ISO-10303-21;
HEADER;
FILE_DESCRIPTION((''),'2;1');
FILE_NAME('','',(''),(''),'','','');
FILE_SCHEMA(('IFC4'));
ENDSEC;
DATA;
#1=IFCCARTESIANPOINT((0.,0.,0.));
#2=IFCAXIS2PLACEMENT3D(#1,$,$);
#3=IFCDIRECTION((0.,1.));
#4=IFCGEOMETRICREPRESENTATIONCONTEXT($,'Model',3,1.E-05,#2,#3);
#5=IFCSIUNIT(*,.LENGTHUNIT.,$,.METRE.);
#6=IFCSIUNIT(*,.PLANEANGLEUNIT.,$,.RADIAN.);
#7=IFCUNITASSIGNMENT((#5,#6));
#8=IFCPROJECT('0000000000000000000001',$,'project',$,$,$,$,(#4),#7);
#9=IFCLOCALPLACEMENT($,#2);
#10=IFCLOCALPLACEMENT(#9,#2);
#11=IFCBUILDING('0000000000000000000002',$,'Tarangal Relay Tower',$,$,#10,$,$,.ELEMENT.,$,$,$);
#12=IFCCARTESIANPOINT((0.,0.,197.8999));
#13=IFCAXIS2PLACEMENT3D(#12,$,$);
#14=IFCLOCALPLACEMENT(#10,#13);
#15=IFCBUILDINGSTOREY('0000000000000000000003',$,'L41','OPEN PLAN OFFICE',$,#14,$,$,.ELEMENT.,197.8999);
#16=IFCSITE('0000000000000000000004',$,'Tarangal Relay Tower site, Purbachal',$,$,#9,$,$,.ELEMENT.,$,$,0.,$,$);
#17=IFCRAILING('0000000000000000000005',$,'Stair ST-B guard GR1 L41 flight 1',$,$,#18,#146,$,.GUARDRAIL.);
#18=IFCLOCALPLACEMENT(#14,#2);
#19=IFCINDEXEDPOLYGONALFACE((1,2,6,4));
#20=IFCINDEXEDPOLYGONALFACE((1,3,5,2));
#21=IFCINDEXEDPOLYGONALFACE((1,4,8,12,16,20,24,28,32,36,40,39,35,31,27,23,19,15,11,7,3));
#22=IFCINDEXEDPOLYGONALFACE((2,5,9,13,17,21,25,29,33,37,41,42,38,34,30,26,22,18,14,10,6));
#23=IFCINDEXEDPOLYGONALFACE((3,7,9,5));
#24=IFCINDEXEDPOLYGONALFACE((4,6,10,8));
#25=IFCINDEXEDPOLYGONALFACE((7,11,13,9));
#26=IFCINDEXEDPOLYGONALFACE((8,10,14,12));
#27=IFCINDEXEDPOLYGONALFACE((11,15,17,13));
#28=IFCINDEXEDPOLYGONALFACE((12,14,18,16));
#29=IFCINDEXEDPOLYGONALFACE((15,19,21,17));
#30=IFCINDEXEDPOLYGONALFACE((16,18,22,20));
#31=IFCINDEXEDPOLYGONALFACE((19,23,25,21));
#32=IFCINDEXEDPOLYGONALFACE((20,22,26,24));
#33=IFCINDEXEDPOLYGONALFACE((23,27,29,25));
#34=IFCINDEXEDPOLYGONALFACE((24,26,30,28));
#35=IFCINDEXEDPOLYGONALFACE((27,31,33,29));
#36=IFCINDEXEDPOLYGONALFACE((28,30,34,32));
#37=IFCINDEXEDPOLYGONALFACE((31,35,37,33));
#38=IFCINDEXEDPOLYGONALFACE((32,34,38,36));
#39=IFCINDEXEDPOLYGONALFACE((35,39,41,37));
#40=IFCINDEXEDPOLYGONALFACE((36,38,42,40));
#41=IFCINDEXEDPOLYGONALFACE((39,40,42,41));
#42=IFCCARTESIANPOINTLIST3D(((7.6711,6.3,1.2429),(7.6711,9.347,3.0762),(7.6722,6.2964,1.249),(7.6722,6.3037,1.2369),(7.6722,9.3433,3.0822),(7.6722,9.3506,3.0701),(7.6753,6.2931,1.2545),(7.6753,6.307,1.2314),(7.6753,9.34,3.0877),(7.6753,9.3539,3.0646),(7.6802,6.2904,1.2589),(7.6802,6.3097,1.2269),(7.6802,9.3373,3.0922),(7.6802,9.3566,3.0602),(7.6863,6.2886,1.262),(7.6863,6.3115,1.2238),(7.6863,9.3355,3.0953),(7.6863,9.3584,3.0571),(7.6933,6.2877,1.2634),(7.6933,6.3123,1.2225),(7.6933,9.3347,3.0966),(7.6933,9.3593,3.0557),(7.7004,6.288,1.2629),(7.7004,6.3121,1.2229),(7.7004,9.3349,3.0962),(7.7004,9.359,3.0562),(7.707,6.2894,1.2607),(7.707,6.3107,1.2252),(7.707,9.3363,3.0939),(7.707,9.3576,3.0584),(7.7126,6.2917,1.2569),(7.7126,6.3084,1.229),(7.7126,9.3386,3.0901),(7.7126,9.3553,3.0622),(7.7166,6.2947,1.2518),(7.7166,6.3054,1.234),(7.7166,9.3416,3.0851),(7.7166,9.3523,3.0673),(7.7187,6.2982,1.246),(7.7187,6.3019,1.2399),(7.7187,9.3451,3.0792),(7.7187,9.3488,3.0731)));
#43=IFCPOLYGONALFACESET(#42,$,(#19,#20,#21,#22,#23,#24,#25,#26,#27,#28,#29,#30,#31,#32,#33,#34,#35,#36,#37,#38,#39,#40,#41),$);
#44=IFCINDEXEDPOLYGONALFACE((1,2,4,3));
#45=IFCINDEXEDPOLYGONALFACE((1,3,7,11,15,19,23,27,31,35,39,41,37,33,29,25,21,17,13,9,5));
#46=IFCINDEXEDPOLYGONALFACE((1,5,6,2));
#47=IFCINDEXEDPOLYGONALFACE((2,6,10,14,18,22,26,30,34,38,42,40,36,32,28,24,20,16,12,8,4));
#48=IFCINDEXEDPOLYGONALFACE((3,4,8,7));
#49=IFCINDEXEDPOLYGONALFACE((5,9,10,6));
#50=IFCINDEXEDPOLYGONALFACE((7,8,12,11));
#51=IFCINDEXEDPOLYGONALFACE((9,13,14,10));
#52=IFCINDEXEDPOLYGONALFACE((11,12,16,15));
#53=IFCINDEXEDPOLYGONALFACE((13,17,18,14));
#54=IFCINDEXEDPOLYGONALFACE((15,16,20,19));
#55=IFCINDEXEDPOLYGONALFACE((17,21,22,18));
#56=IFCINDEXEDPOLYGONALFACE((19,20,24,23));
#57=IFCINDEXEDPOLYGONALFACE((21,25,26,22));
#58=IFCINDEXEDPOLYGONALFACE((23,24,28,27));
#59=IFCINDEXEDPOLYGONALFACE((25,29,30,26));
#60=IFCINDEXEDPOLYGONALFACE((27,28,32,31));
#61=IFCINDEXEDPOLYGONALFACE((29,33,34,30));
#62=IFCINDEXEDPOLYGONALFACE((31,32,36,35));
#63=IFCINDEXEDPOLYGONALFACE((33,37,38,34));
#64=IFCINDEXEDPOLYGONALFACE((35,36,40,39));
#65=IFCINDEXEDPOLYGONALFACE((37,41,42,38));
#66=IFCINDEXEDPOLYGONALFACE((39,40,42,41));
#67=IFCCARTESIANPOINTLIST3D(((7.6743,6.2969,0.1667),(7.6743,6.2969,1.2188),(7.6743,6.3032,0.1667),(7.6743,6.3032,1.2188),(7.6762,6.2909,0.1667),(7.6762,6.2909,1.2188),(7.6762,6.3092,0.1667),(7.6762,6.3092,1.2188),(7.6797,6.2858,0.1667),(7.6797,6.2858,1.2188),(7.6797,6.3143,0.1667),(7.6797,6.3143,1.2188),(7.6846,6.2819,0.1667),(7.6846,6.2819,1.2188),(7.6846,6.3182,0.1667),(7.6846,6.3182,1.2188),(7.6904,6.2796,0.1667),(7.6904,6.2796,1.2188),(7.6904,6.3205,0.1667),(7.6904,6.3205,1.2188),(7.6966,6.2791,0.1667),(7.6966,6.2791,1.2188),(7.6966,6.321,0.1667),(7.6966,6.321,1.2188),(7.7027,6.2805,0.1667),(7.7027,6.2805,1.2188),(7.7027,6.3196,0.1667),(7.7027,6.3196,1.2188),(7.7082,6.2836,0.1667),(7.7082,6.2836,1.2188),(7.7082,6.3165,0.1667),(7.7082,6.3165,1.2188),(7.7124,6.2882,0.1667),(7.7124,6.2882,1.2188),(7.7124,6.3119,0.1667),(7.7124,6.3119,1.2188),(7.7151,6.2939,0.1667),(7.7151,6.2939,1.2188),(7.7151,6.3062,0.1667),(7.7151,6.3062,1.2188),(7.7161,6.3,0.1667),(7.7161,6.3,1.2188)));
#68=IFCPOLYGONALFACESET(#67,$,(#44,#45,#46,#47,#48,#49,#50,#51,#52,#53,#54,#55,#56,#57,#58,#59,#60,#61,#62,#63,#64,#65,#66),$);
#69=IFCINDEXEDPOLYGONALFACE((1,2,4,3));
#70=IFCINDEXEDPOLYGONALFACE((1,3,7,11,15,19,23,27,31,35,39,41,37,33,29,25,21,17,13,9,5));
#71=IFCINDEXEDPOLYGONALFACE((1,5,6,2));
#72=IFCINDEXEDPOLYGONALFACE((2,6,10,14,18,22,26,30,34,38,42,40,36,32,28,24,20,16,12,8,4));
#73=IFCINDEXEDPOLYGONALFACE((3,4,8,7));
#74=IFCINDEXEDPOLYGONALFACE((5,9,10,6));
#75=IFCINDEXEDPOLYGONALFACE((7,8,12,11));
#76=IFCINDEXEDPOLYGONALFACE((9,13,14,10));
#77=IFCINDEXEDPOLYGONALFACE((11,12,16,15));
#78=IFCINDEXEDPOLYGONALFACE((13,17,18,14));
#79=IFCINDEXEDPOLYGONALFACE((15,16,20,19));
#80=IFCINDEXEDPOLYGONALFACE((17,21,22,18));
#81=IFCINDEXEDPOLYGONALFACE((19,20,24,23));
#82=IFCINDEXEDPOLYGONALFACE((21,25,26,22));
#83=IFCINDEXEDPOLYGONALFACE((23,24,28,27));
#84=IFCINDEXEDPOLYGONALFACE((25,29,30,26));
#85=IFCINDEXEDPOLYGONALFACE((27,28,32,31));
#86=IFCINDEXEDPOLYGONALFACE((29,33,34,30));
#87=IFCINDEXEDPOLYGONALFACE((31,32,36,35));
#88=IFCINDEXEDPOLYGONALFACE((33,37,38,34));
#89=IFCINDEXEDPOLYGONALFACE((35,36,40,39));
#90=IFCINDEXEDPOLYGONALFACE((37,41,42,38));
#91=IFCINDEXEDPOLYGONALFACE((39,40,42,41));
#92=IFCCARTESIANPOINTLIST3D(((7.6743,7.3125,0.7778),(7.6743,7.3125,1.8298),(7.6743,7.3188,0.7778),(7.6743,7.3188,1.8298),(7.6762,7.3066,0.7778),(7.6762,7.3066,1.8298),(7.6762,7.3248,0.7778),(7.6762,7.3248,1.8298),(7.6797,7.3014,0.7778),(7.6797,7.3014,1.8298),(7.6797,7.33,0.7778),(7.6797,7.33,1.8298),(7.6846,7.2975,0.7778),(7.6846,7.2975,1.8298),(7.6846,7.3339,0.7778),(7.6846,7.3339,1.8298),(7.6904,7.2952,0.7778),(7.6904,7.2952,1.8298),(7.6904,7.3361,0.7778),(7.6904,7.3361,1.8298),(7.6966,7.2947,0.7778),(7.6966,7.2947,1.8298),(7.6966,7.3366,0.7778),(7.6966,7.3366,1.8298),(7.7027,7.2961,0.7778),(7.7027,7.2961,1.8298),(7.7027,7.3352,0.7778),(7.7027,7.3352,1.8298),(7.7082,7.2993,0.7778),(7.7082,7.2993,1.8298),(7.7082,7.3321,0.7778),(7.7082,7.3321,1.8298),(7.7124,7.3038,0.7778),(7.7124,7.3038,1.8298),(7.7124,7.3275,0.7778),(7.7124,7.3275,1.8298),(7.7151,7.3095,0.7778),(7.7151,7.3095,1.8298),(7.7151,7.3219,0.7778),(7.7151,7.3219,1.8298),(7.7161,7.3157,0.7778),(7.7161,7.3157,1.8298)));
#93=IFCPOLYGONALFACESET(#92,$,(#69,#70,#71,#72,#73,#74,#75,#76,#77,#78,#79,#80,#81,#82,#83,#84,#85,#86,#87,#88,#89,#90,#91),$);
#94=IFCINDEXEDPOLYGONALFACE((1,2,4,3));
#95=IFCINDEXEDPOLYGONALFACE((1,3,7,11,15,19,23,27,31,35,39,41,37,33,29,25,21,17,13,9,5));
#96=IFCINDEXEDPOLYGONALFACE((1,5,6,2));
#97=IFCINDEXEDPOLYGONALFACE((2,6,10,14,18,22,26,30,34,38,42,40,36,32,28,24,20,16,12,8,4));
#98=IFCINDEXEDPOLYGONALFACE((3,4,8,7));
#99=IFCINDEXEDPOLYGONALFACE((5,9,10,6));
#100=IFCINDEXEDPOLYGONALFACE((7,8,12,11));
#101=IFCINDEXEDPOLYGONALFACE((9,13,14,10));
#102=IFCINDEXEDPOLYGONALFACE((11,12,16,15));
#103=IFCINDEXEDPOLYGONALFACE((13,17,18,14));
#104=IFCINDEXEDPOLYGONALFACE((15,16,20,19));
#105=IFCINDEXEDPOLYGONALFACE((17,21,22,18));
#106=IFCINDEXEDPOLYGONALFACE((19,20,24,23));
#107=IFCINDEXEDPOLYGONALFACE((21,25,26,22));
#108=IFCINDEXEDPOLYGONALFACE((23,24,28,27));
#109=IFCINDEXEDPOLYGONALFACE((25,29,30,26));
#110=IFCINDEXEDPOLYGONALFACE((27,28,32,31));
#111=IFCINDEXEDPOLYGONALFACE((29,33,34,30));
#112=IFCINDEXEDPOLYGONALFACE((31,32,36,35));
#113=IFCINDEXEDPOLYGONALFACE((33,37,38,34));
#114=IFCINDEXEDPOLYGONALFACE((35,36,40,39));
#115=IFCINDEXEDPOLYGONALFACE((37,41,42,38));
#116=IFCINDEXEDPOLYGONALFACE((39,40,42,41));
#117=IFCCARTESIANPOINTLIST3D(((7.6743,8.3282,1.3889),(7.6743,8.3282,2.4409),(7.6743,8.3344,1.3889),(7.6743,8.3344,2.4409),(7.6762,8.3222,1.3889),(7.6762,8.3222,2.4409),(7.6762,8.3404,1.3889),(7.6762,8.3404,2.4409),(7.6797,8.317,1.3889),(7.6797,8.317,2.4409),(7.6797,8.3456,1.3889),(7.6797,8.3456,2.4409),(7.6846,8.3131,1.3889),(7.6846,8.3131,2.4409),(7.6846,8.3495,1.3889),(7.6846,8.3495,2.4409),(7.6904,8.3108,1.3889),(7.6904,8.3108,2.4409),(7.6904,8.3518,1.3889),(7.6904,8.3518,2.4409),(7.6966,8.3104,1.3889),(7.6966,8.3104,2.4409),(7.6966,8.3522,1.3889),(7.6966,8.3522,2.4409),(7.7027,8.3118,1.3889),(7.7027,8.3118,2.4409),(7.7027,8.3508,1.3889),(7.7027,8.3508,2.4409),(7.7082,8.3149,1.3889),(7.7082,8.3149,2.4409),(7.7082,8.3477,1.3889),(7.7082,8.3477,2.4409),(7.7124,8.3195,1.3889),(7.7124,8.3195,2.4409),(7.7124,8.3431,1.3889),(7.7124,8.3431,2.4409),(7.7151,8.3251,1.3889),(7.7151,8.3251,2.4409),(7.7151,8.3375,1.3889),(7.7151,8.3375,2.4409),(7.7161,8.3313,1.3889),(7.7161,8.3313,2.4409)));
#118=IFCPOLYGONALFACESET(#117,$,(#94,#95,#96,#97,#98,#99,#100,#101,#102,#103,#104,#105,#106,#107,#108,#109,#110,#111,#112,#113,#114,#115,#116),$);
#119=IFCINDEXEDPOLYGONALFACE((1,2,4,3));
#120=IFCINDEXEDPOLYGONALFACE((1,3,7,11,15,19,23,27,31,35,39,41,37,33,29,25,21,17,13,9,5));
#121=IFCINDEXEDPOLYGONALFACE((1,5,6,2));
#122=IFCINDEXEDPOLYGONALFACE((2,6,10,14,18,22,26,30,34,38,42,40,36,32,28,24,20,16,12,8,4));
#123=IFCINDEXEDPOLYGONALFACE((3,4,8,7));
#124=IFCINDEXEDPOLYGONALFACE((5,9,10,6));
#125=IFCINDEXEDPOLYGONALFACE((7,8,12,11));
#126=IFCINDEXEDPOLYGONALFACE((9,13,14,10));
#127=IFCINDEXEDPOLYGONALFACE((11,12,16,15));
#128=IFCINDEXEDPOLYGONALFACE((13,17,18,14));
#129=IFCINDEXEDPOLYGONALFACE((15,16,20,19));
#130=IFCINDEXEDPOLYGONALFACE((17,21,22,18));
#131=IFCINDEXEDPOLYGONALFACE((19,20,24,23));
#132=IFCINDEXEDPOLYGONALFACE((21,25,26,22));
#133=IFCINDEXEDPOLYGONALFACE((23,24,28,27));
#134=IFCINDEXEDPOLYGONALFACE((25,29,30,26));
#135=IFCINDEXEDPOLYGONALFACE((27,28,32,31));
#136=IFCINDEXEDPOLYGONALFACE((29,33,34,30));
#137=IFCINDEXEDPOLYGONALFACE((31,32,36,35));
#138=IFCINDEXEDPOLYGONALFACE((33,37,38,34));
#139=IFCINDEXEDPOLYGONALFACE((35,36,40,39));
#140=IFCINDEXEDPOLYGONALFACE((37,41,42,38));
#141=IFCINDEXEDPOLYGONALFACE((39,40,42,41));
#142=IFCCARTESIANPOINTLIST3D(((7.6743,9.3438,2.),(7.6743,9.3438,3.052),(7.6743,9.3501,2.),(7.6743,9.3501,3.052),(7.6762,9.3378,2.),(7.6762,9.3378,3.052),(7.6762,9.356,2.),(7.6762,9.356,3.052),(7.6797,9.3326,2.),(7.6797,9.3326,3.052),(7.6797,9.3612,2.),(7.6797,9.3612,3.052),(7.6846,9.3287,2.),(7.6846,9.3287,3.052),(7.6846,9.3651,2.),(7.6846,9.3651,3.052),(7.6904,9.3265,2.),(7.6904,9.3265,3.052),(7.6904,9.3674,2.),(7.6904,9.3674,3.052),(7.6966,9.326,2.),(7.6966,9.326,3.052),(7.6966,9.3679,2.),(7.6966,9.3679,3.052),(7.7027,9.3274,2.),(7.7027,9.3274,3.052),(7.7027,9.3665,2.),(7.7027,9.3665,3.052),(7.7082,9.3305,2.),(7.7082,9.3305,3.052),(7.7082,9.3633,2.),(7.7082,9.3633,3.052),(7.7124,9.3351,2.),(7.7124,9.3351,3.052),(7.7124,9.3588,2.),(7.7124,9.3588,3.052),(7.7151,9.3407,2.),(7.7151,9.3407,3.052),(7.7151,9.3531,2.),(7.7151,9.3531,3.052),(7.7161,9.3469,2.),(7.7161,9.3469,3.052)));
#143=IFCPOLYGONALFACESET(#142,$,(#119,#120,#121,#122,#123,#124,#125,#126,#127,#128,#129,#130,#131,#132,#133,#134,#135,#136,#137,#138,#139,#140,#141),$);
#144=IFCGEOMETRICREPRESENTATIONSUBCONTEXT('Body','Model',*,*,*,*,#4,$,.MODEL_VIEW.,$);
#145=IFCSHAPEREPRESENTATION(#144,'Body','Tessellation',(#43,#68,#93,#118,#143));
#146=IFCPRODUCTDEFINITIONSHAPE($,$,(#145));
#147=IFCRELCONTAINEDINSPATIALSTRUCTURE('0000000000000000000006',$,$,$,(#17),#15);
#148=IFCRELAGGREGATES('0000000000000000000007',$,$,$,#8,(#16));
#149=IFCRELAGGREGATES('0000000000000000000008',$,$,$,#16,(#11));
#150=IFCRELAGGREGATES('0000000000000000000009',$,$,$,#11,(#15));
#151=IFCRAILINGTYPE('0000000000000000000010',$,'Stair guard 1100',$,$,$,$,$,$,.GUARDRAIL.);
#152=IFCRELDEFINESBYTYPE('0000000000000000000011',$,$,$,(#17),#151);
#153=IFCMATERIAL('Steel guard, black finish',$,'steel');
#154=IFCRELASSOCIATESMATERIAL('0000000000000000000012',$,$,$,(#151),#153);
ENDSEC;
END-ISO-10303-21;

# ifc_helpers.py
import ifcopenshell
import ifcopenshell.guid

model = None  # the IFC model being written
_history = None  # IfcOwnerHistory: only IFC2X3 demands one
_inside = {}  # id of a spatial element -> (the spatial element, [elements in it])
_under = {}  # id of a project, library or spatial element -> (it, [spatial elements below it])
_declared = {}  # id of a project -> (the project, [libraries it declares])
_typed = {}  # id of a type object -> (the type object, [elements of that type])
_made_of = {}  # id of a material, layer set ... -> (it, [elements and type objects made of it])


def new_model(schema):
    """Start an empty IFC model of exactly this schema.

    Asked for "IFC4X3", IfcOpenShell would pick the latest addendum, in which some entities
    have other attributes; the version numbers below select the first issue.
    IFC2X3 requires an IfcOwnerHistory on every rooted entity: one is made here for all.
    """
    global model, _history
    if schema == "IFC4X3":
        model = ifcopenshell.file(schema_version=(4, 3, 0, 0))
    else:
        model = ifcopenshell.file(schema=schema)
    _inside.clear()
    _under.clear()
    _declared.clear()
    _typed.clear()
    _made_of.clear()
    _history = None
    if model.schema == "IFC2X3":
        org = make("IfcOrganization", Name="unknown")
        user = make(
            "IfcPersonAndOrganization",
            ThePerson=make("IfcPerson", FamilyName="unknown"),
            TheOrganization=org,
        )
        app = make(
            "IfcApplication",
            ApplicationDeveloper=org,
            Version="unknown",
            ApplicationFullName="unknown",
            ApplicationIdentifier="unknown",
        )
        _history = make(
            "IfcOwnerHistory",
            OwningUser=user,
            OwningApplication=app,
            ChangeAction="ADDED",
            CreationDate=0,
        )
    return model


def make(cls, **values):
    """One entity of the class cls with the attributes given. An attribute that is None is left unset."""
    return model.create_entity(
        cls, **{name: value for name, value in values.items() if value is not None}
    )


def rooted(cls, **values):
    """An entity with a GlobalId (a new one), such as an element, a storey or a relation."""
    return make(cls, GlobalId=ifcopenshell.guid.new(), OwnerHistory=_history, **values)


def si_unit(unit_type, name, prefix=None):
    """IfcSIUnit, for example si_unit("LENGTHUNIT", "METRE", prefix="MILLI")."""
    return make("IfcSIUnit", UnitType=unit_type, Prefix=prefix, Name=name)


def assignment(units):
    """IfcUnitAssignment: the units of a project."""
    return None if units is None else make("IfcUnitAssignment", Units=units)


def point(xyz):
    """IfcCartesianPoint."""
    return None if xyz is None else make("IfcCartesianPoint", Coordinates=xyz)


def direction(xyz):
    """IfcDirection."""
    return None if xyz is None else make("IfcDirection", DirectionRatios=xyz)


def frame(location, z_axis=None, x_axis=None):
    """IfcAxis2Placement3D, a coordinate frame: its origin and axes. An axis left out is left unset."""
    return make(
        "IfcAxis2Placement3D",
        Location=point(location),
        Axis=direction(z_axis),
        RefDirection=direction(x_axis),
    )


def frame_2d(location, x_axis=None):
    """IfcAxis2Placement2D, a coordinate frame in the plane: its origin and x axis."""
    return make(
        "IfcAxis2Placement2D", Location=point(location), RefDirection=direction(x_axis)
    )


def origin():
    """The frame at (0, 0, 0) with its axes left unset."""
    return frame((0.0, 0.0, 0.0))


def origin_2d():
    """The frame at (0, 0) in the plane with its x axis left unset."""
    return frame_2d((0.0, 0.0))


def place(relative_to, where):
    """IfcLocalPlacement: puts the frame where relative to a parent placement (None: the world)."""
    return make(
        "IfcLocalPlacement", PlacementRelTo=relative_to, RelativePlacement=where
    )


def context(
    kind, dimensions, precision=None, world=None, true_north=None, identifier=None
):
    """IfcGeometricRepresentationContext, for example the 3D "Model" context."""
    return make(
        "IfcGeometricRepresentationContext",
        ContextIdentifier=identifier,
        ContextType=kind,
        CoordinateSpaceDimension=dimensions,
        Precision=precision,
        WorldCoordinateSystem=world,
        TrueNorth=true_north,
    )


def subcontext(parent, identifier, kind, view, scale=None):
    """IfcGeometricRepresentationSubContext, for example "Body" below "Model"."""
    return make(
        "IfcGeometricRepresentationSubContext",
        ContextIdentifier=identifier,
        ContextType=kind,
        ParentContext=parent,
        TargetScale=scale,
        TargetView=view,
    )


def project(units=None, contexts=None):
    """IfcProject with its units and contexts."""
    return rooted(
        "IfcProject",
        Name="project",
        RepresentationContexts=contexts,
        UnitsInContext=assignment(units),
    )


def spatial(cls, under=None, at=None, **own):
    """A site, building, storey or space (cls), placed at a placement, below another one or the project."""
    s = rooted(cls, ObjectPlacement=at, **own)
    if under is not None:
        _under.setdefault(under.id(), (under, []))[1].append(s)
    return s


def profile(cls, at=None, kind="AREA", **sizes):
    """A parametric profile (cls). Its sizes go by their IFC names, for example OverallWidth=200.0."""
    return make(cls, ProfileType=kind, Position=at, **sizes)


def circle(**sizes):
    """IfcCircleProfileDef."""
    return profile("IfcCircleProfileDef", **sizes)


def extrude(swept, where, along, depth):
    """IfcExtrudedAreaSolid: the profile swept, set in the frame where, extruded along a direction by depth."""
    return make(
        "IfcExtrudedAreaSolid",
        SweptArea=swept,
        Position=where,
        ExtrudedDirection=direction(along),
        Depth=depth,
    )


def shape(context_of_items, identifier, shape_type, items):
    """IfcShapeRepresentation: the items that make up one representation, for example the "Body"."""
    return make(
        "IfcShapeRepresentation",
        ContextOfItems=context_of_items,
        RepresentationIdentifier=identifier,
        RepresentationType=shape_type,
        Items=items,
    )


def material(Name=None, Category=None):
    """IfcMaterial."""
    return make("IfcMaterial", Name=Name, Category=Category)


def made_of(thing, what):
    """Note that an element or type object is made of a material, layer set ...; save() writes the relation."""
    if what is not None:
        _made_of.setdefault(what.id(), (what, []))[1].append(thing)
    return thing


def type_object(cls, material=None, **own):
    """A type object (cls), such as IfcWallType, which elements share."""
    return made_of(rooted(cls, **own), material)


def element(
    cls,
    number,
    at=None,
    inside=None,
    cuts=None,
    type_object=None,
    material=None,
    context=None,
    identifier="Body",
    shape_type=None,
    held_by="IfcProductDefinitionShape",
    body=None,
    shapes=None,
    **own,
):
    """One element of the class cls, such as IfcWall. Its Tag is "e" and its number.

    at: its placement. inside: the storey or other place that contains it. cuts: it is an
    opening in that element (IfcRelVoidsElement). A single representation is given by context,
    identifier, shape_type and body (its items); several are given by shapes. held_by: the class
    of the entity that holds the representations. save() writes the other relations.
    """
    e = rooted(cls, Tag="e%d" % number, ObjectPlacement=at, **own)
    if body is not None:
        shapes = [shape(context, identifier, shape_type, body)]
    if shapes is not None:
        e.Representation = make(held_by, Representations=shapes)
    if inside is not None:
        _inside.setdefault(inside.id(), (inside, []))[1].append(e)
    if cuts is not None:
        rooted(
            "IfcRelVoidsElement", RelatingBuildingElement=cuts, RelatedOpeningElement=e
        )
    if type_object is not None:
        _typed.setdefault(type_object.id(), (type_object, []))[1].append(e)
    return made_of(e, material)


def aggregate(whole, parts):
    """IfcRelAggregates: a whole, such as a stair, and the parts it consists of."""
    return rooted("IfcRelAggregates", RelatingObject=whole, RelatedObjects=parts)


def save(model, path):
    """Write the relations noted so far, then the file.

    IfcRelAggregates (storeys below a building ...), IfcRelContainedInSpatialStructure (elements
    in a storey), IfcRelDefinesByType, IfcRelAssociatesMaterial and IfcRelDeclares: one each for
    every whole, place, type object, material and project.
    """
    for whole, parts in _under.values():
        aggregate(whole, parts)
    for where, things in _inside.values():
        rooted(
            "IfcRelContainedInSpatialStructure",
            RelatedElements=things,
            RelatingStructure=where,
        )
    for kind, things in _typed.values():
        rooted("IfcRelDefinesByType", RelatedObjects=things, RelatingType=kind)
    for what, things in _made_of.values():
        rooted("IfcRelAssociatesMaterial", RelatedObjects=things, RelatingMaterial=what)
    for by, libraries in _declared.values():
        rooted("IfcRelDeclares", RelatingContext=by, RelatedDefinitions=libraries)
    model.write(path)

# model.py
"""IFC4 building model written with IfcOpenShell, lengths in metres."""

from ifc_helpers import new_model, si_unit, direction, frame, origin, origin_2d, place, context, subcontext, project, spatial, circle, extrude, material, type_object, element, save


model = new_model("IFC4")

# Units and contexts
model_context = context("Model", 3, precision=1e-05, world=origin(), true_north=direction((0.0, 1.0)))
body_context = subcontext(model_context, "Body", "Model", "MODEL_VIEW")
ifc_project = project(units=[si_unit("LENGTHUNIT", "METRE"), si_unit("PLANEANGLEUNIT", "RADIAN")], contexts=[model_context])

# Site, building, storey
site_placement = place(None, origin())
site = spatial("IfcSite", under=ifc_project, at=site_placement, Name="Tarangal Relay Tower site, Purbachal", CompositionType="ELEMENT", RefElevation=0.0)
building_placement = place(site_placement, origin())
building = spatial("IfcBuilding", under=site, at=building_placement, Name="Tarangal Relay Tower", CompositionType="ELEMENT")
storey_placement = place(building_placement, frame((0.0, 0.0, 197.8999)))
storey = spatial("IfcBuildingStorey", under=building, at=storey_placement, Name="L41", Description="OPEN PLAN OFFICE", CompositionType="ELEMENT", Elevation=197.8999)

# Railing
ifc_material_1 = material(Name="Steel guard, black finish", Category="steel")
railing_type_1 = type_object("IfcRailingType", Name="Stair guard 1100", PredefinedType="GUARDRAIL", material=ifc_material_1)
railing_1_placement = place(storey_placement, frame((7.6951, 6.3, 0.1667)))
element("IfcRailing", 1, at=railing_1_placement, inside=storey, type_object=railing_type_1, Name="Stair ST-B guard GR1 L41 flight 1", PredefinedType="GUARDRAIL", context=body_context, shape_type="SweptSolid", body=[
    extrude(circle(Radius=0.0239, at=origin_2d()), frame((0.0, 0.0, 1.0762), z_axis=(0.0, 0.856856, 0.515556), x_axis=(-1.0, 0.0, 0.0)), (0.0, 0.0, 1.0), 3.5559),
    extrude(circle(Radius=0.021, at=origin_2d()), origin(), (0.0, 0.0, 1.0), 1.052),
    extrude(circle(Radius=0.021, at=origin_2d()), frame((0.0, 1.0156, 0.6111)), (0.0, 0.0, 1.0), 1.052),
    extrude(circle(Radius=0.021, at=origin_2d()), frame((0.0, 2.0312, 1.2222)), (0.0, 0.0, 1.0), 1.052),
    extrude(circle(Radius=0.021, at=origin_2d()), frame((0.0, 3.0469, 1.8333)), (0.0, 0.0, 1.0), 1.052),
])

save(model, "model.ifc")
